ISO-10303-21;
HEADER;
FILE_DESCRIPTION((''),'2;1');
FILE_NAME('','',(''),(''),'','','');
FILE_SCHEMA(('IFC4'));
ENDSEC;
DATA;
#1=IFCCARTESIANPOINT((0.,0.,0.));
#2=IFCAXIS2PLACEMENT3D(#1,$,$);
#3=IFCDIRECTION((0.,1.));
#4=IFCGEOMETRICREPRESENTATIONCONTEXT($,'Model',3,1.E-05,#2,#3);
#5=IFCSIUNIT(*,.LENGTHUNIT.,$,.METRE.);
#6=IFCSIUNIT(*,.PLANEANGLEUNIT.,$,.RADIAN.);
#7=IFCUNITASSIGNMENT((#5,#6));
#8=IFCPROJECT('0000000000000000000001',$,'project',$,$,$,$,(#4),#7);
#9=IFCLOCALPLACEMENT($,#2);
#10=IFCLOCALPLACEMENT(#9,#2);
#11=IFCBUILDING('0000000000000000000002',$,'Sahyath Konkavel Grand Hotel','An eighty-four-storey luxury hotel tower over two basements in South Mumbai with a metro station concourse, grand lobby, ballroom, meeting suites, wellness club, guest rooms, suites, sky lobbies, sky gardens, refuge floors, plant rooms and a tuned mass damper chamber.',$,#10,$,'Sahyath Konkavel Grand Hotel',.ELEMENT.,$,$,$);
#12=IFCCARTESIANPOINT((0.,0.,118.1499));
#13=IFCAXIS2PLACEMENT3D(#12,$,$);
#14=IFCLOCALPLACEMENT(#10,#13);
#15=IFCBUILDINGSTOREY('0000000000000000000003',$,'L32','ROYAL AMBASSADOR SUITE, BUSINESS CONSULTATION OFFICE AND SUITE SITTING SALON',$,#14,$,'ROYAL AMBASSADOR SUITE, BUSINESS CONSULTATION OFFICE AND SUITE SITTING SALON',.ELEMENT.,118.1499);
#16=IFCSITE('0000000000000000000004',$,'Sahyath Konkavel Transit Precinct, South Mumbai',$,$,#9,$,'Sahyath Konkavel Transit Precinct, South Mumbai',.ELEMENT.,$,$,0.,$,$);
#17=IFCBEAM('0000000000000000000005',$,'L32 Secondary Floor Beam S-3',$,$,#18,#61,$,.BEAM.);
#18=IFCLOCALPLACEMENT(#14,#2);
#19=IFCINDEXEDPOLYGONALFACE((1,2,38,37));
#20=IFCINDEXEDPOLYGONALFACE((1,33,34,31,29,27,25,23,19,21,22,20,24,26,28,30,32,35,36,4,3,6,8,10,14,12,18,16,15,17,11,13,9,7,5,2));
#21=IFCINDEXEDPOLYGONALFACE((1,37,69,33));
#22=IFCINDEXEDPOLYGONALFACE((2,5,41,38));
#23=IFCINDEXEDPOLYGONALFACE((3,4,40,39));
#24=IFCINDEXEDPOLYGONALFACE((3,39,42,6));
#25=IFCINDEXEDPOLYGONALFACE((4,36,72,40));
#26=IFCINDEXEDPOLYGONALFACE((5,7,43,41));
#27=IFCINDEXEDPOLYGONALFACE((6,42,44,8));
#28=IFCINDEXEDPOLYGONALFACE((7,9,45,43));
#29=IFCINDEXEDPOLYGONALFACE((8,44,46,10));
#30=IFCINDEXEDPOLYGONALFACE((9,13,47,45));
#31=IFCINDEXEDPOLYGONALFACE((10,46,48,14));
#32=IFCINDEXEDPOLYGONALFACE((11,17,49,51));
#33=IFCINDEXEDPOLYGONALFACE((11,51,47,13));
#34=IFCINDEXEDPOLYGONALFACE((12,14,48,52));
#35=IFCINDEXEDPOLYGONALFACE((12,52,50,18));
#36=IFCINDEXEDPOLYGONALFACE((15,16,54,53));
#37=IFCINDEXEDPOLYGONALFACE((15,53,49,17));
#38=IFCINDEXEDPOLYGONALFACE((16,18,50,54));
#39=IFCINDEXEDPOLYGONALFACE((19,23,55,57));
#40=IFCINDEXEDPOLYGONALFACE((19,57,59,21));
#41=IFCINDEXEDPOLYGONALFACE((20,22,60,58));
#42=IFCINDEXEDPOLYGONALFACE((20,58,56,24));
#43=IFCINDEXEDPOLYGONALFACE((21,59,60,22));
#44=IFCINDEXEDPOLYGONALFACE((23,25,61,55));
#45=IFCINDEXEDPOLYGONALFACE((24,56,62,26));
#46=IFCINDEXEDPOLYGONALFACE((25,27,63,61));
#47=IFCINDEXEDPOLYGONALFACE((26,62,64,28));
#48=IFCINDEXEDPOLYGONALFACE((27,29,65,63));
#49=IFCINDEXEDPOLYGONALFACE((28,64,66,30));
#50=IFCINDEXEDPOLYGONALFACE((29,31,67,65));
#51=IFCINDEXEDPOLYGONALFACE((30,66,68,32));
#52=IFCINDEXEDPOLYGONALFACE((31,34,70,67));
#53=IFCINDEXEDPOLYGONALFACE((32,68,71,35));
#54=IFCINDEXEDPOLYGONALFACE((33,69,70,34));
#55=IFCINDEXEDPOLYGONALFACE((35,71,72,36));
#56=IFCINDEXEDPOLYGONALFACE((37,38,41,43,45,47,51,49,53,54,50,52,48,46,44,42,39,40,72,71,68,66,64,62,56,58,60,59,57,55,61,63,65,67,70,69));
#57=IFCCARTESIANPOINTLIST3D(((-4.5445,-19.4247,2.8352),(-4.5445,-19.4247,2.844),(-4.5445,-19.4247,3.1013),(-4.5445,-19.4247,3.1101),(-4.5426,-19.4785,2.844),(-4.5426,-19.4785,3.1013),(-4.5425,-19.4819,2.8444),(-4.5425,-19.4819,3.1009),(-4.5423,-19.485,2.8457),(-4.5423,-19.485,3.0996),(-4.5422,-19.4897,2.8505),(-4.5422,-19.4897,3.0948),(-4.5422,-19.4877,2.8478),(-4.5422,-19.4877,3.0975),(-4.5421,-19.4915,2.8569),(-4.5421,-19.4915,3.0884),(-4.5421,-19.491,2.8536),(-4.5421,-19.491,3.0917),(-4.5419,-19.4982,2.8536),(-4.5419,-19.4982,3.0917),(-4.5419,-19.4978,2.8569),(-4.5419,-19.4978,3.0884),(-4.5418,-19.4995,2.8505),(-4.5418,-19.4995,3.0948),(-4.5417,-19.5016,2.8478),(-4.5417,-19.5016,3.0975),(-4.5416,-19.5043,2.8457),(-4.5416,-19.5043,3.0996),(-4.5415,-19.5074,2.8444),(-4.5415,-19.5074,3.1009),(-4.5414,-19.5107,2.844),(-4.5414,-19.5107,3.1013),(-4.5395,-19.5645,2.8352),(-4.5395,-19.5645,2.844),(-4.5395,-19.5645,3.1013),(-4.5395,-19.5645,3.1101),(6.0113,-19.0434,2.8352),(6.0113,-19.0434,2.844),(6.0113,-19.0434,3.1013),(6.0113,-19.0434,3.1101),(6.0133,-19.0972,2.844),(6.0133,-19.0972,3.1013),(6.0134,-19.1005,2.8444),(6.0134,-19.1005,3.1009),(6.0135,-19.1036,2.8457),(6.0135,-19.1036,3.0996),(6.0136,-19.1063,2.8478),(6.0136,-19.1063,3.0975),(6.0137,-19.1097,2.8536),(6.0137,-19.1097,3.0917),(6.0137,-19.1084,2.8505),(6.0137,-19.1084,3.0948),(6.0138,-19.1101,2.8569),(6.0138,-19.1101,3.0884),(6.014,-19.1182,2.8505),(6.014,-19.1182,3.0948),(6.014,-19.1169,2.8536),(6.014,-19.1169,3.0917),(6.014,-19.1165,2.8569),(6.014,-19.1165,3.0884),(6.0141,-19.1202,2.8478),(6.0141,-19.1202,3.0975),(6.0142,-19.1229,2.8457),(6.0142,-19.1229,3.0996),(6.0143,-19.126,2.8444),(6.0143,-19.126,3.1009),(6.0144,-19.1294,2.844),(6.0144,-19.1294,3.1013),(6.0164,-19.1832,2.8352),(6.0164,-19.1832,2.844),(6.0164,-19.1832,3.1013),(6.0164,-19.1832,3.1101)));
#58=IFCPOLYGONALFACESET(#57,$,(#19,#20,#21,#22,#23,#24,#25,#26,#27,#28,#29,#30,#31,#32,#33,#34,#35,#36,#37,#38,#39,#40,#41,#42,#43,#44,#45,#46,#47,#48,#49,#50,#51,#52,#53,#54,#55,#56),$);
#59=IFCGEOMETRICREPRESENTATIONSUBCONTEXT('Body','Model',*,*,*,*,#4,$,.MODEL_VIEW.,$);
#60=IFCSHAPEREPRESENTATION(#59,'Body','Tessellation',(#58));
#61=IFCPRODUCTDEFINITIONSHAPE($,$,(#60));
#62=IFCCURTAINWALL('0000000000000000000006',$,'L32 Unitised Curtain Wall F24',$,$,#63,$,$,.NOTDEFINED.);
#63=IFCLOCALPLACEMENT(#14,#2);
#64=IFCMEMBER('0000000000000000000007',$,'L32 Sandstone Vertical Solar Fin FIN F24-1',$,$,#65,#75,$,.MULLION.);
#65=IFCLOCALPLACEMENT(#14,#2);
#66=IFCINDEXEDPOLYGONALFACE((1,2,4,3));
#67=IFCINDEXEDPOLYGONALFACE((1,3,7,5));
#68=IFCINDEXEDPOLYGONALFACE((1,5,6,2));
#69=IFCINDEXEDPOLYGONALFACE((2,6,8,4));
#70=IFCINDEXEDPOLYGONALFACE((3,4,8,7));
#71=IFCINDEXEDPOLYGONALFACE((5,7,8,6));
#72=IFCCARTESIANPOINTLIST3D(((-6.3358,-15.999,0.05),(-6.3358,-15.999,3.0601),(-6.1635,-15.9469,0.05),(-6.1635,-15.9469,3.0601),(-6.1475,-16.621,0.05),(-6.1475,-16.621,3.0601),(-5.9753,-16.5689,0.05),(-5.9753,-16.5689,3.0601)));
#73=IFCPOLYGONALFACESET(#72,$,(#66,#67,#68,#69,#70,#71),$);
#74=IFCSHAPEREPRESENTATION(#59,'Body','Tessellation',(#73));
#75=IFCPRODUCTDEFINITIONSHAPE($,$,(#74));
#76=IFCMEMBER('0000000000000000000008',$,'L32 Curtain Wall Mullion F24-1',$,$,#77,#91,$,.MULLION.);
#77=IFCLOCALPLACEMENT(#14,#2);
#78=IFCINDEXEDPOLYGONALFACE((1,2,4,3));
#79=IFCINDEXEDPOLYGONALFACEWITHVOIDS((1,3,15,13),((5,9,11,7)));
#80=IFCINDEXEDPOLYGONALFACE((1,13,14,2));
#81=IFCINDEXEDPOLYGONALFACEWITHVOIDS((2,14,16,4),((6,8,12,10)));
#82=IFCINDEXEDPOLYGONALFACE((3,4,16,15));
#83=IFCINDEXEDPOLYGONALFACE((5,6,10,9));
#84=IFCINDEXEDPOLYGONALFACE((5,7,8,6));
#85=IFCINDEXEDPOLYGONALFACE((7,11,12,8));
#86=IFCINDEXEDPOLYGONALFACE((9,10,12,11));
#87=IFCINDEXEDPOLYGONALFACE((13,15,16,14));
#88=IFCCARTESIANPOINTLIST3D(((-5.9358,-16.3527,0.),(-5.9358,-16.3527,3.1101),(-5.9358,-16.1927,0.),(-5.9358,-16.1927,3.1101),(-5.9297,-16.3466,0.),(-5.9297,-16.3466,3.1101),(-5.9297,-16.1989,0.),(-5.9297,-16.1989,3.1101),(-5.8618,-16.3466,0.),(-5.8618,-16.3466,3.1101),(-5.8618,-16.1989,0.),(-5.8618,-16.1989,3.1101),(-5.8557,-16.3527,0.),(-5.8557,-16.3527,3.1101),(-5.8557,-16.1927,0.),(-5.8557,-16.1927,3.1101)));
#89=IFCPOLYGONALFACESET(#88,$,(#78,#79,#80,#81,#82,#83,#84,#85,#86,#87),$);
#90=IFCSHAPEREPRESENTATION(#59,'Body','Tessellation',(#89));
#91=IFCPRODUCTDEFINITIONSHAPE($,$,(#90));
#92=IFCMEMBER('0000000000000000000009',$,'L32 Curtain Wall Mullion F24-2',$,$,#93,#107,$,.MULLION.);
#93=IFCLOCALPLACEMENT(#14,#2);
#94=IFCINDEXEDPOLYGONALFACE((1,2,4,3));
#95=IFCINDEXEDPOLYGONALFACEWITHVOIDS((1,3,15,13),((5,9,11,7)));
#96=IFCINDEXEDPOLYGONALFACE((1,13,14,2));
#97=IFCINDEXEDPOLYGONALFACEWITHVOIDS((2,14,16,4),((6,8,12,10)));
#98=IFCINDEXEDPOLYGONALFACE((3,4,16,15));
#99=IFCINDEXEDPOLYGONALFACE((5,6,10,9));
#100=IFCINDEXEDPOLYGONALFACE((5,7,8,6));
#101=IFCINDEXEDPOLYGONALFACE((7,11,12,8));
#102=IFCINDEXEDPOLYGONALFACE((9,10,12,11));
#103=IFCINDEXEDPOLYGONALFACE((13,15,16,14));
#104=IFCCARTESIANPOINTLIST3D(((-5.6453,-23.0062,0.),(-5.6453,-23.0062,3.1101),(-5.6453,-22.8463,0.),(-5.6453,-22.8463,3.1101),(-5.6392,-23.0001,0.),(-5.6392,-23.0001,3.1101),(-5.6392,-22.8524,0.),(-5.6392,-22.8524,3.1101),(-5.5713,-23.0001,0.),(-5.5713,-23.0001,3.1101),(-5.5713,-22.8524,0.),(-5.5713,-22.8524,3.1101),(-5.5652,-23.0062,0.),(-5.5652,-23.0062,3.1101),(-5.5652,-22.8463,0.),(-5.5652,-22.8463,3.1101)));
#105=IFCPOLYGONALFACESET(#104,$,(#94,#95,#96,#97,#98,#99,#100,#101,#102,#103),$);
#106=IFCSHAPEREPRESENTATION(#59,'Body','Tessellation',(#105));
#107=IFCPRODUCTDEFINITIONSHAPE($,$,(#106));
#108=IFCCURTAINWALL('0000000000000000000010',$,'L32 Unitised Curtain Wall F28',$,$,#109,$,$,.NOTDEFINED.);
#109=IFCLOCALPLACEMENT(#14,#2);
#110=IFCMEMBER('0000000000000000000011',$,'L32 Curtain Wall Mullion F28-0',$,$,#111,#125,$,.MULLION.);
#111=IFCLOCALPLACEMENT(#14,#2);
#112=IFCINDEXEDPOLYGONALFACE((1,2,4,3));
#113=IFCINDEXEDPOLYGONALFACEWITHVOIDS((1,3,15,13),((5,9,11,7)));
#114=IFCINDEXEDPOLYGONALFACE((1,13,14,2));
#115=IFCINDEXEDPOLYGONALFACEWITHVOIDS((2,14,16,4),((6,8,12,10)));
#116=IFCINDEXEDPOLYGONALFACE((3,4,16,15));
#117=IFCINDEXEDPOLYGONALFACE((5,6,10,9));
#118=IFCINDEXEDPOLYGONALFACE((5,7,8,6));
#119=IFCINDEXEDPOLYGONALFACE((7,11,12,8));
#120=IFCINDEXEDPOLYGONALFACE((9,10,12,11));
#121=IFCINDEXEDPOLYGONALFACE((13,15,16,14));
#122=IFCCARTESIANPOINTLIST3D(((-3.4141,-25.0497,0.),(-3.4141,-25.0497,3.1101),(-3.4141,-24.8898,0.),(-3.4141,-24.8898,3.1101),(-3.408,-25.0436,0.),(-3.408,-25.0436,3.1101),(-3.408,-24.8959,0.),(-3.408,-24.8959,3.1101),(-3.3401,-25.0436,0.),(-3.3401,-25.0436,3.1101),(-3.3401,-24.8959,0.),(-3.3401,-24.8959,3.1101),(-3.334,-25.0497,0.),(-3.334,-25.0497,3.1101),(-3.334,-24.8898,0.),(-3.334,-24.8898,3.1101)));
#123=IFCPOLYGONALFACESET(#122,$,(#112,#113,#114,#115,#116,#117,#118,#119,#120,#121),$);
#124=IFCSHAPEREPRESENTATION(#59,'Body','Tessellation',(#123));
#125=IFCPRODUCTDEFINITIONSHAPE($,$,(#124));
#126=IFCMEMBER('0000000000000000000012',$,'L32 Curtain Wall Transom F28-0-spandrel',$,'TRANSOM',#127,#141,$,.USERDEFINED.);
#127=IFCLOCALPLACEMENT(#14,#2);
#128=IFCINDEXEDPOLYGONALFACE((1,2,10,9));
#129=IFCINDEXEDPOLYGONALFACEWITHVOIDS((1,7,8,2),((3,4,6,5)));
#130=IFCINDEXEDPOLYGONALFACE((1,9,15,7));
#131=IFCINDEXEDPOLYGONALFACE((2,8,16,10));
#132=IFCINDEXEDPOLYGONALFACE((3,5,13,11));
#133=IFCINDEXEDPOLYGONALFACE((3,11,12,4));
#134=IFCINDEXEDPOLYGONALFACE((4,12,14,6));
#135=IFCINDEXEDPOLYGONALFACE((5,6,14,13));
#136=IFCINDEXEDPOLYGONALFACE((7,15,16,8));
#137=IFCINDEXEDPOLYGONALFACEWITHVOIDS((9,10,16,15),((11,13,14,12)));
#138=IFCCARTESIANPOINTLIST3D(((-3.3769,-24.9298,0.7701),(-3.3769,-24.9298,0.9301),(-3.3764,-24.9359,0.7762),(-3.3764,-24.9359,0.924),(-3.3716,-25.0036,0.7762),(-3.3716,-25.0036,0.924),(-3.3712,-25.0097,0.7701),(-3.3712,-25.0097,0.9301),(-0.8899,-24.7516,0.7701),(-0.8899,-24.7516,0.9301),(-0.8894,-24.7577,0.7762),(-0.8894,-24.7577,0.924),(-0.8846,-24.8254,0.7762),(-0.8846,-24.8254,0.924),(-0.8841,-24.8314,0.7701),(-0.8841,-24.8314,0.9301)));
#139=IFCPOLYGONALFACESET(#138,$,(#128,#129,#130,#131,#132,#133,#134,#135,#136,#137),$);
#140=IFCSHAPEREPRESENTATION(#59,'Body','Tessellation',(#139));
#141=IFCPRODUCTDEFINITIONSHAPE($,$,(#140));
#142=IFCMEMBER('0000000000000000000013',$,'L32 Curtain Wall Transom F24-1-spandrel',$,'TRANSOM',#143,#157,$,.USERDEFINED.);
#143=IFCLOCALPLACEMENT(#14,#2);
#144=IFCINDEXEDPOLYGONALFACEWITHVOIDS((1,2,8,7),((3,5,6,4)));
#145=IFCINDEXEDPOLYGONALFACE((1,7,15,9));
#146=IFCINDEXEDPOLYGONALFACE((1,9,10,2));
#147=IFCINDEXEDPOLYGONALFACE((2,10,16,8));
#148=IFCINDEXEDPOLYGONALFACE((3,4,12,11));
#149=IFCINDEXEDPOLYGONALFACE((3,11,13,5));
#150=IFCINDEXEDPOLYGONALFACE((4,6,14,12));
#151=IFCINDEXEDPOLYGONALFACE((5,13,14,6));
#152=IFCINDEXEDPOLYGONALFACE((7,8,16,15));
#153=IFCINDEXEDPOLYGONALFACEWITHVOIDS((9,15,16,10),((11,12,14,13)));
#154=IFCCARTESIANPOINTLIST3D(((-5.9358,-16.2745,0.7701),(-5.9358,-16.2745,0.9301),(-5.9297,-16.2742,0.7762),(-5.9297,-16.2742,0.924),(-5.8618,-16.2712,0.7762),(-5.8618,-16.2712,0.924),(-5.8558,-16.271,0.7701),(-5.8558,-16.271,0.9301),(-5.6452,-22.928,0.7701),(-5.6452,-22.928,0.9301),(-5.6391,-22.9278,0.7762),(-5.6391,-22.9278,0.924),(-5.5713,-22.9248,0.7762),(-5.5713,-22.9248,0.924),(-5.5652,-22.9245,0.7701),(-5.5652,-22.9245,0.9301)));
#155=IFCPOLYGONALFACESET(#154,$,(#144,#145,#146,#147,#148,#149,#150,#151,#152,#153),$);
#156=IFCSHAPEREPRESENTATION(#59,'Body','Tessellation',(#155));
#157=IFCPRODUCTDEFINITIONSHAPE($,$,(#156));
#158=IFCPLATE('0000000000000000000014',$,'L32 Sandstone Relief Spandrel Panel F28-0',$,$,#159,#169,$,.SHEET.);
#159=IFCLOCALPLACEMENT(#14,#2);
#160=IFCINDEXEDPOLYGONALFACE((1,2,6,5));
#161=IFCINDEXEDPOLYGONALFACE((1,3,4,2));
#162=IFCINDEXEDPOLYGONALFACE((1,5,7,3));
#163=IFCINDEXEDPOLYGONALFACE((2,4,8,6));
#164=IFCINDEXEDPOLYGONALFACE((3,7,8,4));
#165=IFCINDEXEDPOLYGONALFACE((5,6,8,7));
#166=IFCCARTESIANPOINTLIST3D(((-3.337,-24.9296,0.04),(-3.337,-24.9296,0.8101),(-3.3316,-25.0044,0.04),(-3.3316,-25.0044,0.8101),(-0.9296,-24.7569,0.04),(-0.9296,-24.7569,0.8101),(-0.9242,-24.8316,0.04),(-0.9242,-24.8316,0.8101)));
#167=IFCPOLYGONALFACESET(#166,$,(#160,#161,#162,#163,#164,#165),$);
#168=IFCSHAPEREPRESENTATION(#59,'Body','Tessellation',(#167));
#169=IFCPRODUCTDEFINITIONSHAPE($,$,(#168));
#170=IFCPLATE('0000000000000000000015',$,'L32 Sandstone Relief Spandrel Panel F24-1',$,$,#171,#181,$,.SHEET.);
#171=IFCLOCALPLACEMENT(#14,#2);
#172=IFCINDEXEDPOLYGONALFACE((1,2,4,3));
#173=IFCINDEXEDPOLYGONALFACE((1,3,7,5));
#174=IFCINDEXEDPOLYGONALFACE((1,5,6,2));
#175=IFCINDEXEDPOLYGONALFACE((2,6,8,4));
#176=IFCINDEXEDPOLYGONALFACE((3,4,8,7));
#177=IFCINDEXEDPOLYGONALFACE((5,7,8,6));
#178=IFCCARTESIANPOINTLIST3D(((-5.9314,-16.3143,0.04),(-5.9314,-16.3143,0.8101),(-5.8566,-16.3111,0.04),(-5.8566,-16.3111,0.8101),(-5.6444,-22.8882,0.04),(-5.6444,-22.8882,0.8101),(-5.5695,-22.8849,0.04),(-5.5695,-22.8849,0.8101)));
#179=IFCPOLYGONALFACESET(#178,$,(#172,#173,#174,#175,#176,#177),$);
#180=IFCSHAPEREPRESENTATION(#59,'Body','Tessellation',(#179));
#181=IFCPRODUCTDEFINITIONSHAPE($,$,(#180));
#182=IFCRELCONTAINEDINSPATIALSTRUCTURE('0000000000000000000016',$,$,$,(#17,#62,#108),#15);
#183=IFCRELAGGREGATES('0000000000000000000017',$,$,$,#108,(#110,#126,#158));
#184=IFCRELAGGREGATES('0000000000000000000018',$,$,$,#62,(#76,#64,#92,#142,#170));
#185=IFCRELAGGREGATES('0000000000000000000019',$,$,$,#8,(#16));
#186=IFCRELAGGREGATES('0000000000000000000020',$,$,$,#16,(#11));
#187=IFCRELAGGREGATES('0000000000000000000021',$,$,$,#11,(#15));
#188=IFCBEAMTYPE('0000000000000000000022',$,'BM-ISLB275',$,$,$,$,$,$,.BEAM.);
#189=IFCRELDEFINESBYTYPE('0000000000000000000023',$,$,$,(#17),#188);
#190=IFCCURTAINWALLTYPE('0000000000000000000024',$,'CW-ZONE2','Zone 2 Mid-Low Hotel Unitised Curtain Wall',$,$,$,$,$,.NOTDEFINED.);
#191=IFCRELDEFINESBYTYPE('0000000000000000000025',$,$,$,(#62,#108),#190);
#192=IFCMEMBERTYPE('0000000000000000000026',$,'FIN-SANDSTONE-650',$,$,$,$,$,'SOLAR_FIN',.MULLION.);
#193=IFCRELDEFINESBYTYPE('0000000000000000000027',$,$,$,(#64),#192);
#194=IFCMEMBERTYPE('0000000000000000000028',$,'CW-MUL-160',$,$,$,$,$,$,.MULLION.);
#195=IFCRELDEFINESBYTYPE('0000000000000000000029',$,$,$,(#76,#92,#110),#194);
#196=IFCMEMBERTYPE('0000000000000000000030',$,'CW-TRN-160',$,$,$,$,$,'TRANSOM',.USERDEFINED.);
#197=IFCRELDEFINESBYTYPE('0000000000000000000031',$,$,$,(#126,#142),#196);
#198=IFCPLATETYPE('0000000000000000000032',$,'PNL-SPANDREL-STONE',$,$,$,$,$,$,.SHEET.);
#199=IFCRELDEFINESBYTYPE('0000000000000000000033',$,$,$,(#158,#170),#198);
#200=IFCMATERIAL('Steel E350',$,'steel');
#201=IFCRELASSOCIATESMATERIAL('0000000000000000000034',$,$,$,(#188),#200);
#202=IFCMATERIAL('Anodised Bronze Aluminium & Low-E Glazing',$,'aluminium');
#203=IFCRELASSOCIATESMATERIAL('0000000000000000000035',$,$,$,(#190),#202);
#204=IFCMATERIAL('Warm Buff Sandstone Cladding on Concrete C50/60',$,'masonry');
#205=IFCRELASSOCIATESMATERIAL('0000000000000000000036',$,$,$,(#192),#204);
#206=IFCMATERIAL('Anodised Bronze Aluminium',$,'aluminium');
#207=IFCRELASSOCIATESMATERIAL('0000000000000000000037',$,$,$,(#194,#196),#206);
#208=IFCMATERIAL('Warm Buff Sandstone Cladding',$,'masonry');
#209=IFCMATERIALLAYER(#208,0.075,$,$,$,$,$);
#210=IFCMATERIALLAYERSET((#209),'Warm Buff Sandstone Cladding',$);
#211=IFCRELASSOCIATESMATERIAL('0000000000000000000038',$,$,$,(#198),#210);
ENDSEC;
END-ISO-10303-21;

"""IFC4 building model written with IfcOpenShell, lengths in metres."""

from ifc_helpers import new_model, si_unit, direction, frame, origin, origin_2d, place, context, subcontext, project, spatial, rectangle, hollow_rectangle, i_section, extrude, source, transform, mapped, material, layer, layer_set, material_profile, profile_set, type_object, element, aggregate, save


model = new_model("IFC4")

# Units and contexts
model_context = context("Model", 3, precision=1e-05, world=origin(), true_north=direction((0.0, 1.0)))
body_context = subcontext(model_context, "Body", "Model", "MODEL_VIEW")
ifc_project = project(units=[si_unit("LENGTHUNIT", "METRE"), si_unit("PLANEANGLEUNIT", "RADIAN")], contexts=[model_context])

# Site, building, storey
site_placement = place(None, origin())
site = spatial("IfcSite", under=ifc_project, at=site_placement, Name="Sahyath Konkavel Transit Precinct, South Mumbai", LongName="Sahyath Konkavel Transit Precinct, South Mumbai", CompositionType="ELEMENT", RefElevation=0.0)
building_placement = place(site_placement, origin())
building = spatial("IfcBuilding", under=site, at=building_placement, Name="Sahyath Konkavel Grand Hotel", Description="An eighty-four-storey luxury hotel tower over two basements in South Mumbai with a metro station concourse, grand lobby, ballroom, meeting suites, wellness club, guest rooms, suites, sky lobbies, sky gardens, refuge floors, plant rooms and a tuned mass damper chamber.", LongName="Sahyath Konkavel Grand Hotel", CompositionType="ELEMENT")
storey_placement = place(building_placement, frame((0.0, 0.0, 118.1499)))
storey = spatial("IfcBuildingStorey", under=building, at=storey_placement, Name="L32", Description="ROYAL AMBASSADOR SUITE, BUSINESS CONSULTATION OFFICE AND SUITE SITTING SALON", LongName="ROYAL AMBASSADOR SUITE, BUSINESS CONSULTATION OFFICE AND SUITE SITTING SALON", CompositionType="ELEMENT", Elevation=118.1499)

# Beam
ifc_material_1 = material(Name="Steel E350", Category="steel")
ifc_material_profile_1 = material_profile(ifc_material_1, i_section(OverallWidth=0.1399, OverallDepth=0.2749, WebThickness=0.0063, FlangeThickness=0.0088, FilletRadius=0.0129, at=origin_2d()), Name="ISLB 275")
ifc_profile_set_1 = profile_set([ifc_material_profile_1], Name="Steel E350")
beam_type_1 = type_object("IfcBeamType", Name="BM-ISLB275", PredefinedType="BEAM", material=ifc_profile_set_1)
shared_shape_1 = source(origin(), body_context, "Body", "SweptSolid", [
    extrude(i_section(OverallWidth=0.1399, OverallDepth=0.2749, WebThickness=0.0063, FlangeThickness=0.0088, FilletRadius=0.0129, at=origin_2d()), origin(), (0.0, 0.0, 1.0), 10.5627),
])
beam_1_placement = place(storey_placement, frame((-4.542, -19.4946, 2.9727), z_axis=(0.999348, 0.036103, 0.0), x_axis=(-0.036103, 0.999348, 0.0)))
element("IfcBeam", 1, at=beam_1_placement, inside=storey, type_object=beam_type_1, Name="L32 Secondary Floor Beam S-3", PredefinedType="BEAM", context=body_context, shape_type="MappedRepresentation", body=[
    mapped(shared_shape_1, transform((0.0, 0.0, 0.0), scale=1.0)),
])

# Curtain walls, members
ifc_material_2 = material(Name="Anodised Bronze Aluminium & Low-E Glazing", Category="aluminium")
curtain_wall_type = type_object("IfcCurtainWallType", Name="CW-ZONE2", Description="Zone 2 Mid-Low Hotel Unitised Curtain Wall", PredefinedType="NOTDEFINED", material=ifc_material_2)
curtain_wall_1_placement = place(storey_placement, origin())
curtain_wall_1 = element("IfcCurtainWall", 2, at=curtain_wall_1_placement, inside=storey, type_object=curtain_wall_type, Name="L32 Unitised Curtain Wall F24", PredefinedType="NOTDEFINED")
ifc_material_3 = material(Name="Warm Buff Sandstone Cladding on Concrete C50/60", Category="masonry")
ifc_material_profile_2 = material_profile(ifc_material_3, rectangle(XDim=0.1799, YDim=0.6499, at=origin_2d()), Name="FIN 180x650")
ifc_profile_set_2 = profile_set([ifc_material_profile_2], Name="Warm Buff Sandstone Cladding on Concrete C50/60")
member_type_1 = type_object("IfcMemberType", Name="FIN-SANDSTONE-650", ElementType="SOLAR_FIN", PredefinedType="MULLION", material=ifc_profile_set_2)
shared_shape_2 = source(origin(), body_context, "Body", "SweptSolid", [
    extrude(rectangle(XDim=0.1799, YDim=0.6499, at=origin_2d()), origin(), (0.0, 0.0, 1.0), 3.01),
])
member_1_placement = place(storey_placement, frame((-6.1555, -16.2839, 0.05), z_axis=(0.0, 0.0, 1.0), x_axis=(0.957117, 0.2897, 0.0)))
member_1 = element("IfcMember", 3, at=member_1_placement, type_object=member_type_1, Name="L32 Sandstone Vertical Solar Fin FIN F24-1", PredefinedType="MULLION", context=body_context, shape_type="MappedRepresentation", body=[
    mapped(shared_shape_2, transform((0.0, 0.0, 0.0), scale=1.0)),
])
ifc_material_4 = material(Name="Anodised Bronze Aluminium", Category="aluminium")
ifc_material_profile_3 = material_profile(ifc_material_4, hollow_rectangle(XDim=0.0801, YDim=0.1599, WallThickness=0.0061, at=origin_2d()), Name="RHS 160x80x6")
ifc_profile_set_3 = profile_set([ifc_material_profile_3], Name="Anodised Bronze Aluminium")
member_type_2 = type_object("IfcMemberType", Name="CW-MUL-160", PredefinedType="MULLION", material=ifc_profile_set_3)
shared_shape_3 = source(origin(), body_context, "Body", "SweptSolid", [
    extrude(hollow_rectangle(XDim=0.0801, YDim=0.1599, WallThickness=0.0061, at=origin_2d()), origin(), (0.0, 0.0, 1.0), 3.1101),
])
member_2_placement = place(storey_placement, frame((-5.8958, -16.2727, 0.0), z_axis=(0.0, 0.0, 1.0), x_axis=(1.0, 0.0, 0.0)))
member_2 = element("IfcMember", 4, at=member_2_placement, type_object=member_type_2, Name="L32 Curtain Wall Mullion F24-1", PredefinedType="MULLION", context=body_context, shape_type="MappedRepresentation", body=[
    mapped(shared_shape_3, transform((0.0, 0.0, 0.0), scale=1.0)),
])
member_3_placement = place(storey_placement, frame((-5.6052, -22.9263, 0.0), z_axis=(0.0, 0.0, 1.0), x_axis=(1.0, 0.0, 0.0)))
member_3 = element("IfcMember", 5, at=member_3_placement, type_object=member_type_2, Name="L32 Curtain Wall Mullion F24-2", PredefinedType="MULLION", context=body_context, shape_type="MappedRepresentation", body=[
    mapped(shared_shape_3, transform((0.0, 0.0, 0.0), scale=1.0)),
])
curtain_wall_2_placement = place(storey_placement, origin())
curtain_wall_2 = element("IfcCurtainWall", 6, at=curtain_wall_2_placement, inside=storey, type_object=curtain_wall_type, Name="L32 Unitised Curtain Wall F28", PredefinedType="NOTDEFINED")
member_4_placement = place(storey_placement, frame((-3.374, -24.9697, 0.0), z_axis=(0.0, 0.0, 1.0), x_axis=(1.0, 0.0, 0.0)))
member_4 = element("IfcMember", 7, at=member_4_placement, type_object=member_type_2, Name="L32 Curtain Wall Mullion F28-0", PredefinedType="MULLION", context=body_context, shape_type="MappedRepresentation", body=[
    mapped(shared_shape_3, transform((0.0, 0.0, 0.0), scale=1.0)),
])
ifc_material_profile_4 = material_profile(ifc_material_4, hollow_rectangle(XDim=0.0801, YDim=0.1599, WallThickness=0.0061, at=origin_2d()), Name="RHS 160x80x6")
ifc_profile_set_4 = profile_set([ifc_material_profile_4], Name="Anodised Bronze Aluminium")
member_type_3 = type_object("IfcMemberType", Name="CW-TRN-160", ElementType="TRANSOM", PredefinedType="USERDEFINED", material=ifc_profile_set_4)
shared_shape_4 = source(origin(), body_context, "Body", "SweptSolid", [
    extrude(hollow_rectangle(XDim=0.0801, YDim=0.1599, WallThickness=0.0061, at=origin_2d()), origin(), (0.0, 0.0, 1.0), 2.4934),
])
member_5_placement = place(storey_placement, frame((-3.374, -24.9697, 0.8501), z_axis=(0.997442, 0.071477, 0.0), x_axis=(-0.071477, 0.997442, 0.0)))
member_5 = element("IfcMember", 8, at=member_5_placement, type_object=member_type_3, Name="L32 Curtain Wall Transom F28-0-spandrel", ObjectType="TRANSOM", PredefinedType="USERDEFINED", context=body_context, shape_type="MappedRepresentation", body=[
    mapped(shared_shape_4, transform((0.0, 0.0, 0.0), scale=1.0)),
])

# Member
shared_shape_5 = source(origin(), body_context, "Body", "SweptSolid", [
    extrude(hollow_rectangle(XDim=0.0801, YDim=0.1599, WallThickness=0.0061, at=origin_2d()), origin(), (0.0, 0.0, 1.0), 6.6599),
])
member_6_placement = place(storey_placement, frame((-5.8958, -16.2727, 0.8501), z_axis=(0.043623, -0.999048, 0.0), x_axis=(0.999048, 0.043623, 0.0)))
member_6 = element("IfcMember", 9, at=member_6_placement, type_object=member_type_3, Name="L32 Curtain Wall Transom F24-1-spandrel", ObjectType="TRANSOM", PredefinedType="USERDEFINED", context=body_context, shape_type="MappedRepresentation", body=[
    mapped(shared_shape_5, transform((0.0, 0.0, 0.0), scale=1.0)),
])

# Plates
ifc_material_5 = material(Name="Warm Buff Sandstone Cladding", Category="masonry")
ifc_layer_1 = layer(ifc_material_5, 0.075)
ifc_layer_set_1 = layer_set([ifc_layer_1], Name="Warm Buff Sandstone Cladding")
plate_type_1 = type_object("IfcPlateType", Name="PNL-SPANDREL-STONE", PredefinedType="SHEET", material=ifc_layer_set_1)
shared_shape_6 = source(origin(), body_context, "Body", "SweptSolid", [
    extrude(rectangle(XDim=2.4136, YDim=0.075, at=origin_2d()), origin(), (0.0, 0.0, 1.0), 0.77),
])
plate_1_placement = place(storey_placement, frame((-2.1306, -24.8806, 0.04), z_axis=(0.0, 0.0, 1.0), x_axis=(0.997436, 0.071567, 0.0)))
plate_1 = element("IfcPlate", 10, at=plate_1_placement, type_object=plate_type_1, Name="L32 Sandstone Relief Spandrel Panel F28-0", PredefinedType="SHEET", context=body_context, shape_type="MappedRepresentation", body=[
    mapped(shared_shape_6, transform((0.0, 0.0, 0.0), scale=1.0)),
])
shared_shape_7 = source(origin(), body_context, "Body", "SweptSolid", [
    extrude(rectangle(XDim=6.5801, YDim=0.075, at=origin_2d()), origin(), (0.0, 0.0, 1.0), 0.77),
])
plate_2_placement = place(storey_placement, frame((-5.7505, -19.5996, 0.04), z_axis=(0.0, 0.0, 1.0), x_axis=(0.043619, -0.999048, 0.0)))
plate_2 = element("IfcPlate", 11, at=plate_2_placement, type_object=plate_type_1, Name="L32 Sandstone Relief Spandrel Panel F24-1", PredefinedType="SHEET", context=body_context, shape_type="MappedRepresentation", body=[
    mapped(shared_shape_7, transform((0.0, 0.0, 0.0), scale=1.0)),
])
aggregate(curtain_wall_2, [member_4, member_5, plate_1])
aggregate(curtain_wall_1, [member_2, member_1, member_3, member_6, plate_2])

save(model, "model.ifc")
